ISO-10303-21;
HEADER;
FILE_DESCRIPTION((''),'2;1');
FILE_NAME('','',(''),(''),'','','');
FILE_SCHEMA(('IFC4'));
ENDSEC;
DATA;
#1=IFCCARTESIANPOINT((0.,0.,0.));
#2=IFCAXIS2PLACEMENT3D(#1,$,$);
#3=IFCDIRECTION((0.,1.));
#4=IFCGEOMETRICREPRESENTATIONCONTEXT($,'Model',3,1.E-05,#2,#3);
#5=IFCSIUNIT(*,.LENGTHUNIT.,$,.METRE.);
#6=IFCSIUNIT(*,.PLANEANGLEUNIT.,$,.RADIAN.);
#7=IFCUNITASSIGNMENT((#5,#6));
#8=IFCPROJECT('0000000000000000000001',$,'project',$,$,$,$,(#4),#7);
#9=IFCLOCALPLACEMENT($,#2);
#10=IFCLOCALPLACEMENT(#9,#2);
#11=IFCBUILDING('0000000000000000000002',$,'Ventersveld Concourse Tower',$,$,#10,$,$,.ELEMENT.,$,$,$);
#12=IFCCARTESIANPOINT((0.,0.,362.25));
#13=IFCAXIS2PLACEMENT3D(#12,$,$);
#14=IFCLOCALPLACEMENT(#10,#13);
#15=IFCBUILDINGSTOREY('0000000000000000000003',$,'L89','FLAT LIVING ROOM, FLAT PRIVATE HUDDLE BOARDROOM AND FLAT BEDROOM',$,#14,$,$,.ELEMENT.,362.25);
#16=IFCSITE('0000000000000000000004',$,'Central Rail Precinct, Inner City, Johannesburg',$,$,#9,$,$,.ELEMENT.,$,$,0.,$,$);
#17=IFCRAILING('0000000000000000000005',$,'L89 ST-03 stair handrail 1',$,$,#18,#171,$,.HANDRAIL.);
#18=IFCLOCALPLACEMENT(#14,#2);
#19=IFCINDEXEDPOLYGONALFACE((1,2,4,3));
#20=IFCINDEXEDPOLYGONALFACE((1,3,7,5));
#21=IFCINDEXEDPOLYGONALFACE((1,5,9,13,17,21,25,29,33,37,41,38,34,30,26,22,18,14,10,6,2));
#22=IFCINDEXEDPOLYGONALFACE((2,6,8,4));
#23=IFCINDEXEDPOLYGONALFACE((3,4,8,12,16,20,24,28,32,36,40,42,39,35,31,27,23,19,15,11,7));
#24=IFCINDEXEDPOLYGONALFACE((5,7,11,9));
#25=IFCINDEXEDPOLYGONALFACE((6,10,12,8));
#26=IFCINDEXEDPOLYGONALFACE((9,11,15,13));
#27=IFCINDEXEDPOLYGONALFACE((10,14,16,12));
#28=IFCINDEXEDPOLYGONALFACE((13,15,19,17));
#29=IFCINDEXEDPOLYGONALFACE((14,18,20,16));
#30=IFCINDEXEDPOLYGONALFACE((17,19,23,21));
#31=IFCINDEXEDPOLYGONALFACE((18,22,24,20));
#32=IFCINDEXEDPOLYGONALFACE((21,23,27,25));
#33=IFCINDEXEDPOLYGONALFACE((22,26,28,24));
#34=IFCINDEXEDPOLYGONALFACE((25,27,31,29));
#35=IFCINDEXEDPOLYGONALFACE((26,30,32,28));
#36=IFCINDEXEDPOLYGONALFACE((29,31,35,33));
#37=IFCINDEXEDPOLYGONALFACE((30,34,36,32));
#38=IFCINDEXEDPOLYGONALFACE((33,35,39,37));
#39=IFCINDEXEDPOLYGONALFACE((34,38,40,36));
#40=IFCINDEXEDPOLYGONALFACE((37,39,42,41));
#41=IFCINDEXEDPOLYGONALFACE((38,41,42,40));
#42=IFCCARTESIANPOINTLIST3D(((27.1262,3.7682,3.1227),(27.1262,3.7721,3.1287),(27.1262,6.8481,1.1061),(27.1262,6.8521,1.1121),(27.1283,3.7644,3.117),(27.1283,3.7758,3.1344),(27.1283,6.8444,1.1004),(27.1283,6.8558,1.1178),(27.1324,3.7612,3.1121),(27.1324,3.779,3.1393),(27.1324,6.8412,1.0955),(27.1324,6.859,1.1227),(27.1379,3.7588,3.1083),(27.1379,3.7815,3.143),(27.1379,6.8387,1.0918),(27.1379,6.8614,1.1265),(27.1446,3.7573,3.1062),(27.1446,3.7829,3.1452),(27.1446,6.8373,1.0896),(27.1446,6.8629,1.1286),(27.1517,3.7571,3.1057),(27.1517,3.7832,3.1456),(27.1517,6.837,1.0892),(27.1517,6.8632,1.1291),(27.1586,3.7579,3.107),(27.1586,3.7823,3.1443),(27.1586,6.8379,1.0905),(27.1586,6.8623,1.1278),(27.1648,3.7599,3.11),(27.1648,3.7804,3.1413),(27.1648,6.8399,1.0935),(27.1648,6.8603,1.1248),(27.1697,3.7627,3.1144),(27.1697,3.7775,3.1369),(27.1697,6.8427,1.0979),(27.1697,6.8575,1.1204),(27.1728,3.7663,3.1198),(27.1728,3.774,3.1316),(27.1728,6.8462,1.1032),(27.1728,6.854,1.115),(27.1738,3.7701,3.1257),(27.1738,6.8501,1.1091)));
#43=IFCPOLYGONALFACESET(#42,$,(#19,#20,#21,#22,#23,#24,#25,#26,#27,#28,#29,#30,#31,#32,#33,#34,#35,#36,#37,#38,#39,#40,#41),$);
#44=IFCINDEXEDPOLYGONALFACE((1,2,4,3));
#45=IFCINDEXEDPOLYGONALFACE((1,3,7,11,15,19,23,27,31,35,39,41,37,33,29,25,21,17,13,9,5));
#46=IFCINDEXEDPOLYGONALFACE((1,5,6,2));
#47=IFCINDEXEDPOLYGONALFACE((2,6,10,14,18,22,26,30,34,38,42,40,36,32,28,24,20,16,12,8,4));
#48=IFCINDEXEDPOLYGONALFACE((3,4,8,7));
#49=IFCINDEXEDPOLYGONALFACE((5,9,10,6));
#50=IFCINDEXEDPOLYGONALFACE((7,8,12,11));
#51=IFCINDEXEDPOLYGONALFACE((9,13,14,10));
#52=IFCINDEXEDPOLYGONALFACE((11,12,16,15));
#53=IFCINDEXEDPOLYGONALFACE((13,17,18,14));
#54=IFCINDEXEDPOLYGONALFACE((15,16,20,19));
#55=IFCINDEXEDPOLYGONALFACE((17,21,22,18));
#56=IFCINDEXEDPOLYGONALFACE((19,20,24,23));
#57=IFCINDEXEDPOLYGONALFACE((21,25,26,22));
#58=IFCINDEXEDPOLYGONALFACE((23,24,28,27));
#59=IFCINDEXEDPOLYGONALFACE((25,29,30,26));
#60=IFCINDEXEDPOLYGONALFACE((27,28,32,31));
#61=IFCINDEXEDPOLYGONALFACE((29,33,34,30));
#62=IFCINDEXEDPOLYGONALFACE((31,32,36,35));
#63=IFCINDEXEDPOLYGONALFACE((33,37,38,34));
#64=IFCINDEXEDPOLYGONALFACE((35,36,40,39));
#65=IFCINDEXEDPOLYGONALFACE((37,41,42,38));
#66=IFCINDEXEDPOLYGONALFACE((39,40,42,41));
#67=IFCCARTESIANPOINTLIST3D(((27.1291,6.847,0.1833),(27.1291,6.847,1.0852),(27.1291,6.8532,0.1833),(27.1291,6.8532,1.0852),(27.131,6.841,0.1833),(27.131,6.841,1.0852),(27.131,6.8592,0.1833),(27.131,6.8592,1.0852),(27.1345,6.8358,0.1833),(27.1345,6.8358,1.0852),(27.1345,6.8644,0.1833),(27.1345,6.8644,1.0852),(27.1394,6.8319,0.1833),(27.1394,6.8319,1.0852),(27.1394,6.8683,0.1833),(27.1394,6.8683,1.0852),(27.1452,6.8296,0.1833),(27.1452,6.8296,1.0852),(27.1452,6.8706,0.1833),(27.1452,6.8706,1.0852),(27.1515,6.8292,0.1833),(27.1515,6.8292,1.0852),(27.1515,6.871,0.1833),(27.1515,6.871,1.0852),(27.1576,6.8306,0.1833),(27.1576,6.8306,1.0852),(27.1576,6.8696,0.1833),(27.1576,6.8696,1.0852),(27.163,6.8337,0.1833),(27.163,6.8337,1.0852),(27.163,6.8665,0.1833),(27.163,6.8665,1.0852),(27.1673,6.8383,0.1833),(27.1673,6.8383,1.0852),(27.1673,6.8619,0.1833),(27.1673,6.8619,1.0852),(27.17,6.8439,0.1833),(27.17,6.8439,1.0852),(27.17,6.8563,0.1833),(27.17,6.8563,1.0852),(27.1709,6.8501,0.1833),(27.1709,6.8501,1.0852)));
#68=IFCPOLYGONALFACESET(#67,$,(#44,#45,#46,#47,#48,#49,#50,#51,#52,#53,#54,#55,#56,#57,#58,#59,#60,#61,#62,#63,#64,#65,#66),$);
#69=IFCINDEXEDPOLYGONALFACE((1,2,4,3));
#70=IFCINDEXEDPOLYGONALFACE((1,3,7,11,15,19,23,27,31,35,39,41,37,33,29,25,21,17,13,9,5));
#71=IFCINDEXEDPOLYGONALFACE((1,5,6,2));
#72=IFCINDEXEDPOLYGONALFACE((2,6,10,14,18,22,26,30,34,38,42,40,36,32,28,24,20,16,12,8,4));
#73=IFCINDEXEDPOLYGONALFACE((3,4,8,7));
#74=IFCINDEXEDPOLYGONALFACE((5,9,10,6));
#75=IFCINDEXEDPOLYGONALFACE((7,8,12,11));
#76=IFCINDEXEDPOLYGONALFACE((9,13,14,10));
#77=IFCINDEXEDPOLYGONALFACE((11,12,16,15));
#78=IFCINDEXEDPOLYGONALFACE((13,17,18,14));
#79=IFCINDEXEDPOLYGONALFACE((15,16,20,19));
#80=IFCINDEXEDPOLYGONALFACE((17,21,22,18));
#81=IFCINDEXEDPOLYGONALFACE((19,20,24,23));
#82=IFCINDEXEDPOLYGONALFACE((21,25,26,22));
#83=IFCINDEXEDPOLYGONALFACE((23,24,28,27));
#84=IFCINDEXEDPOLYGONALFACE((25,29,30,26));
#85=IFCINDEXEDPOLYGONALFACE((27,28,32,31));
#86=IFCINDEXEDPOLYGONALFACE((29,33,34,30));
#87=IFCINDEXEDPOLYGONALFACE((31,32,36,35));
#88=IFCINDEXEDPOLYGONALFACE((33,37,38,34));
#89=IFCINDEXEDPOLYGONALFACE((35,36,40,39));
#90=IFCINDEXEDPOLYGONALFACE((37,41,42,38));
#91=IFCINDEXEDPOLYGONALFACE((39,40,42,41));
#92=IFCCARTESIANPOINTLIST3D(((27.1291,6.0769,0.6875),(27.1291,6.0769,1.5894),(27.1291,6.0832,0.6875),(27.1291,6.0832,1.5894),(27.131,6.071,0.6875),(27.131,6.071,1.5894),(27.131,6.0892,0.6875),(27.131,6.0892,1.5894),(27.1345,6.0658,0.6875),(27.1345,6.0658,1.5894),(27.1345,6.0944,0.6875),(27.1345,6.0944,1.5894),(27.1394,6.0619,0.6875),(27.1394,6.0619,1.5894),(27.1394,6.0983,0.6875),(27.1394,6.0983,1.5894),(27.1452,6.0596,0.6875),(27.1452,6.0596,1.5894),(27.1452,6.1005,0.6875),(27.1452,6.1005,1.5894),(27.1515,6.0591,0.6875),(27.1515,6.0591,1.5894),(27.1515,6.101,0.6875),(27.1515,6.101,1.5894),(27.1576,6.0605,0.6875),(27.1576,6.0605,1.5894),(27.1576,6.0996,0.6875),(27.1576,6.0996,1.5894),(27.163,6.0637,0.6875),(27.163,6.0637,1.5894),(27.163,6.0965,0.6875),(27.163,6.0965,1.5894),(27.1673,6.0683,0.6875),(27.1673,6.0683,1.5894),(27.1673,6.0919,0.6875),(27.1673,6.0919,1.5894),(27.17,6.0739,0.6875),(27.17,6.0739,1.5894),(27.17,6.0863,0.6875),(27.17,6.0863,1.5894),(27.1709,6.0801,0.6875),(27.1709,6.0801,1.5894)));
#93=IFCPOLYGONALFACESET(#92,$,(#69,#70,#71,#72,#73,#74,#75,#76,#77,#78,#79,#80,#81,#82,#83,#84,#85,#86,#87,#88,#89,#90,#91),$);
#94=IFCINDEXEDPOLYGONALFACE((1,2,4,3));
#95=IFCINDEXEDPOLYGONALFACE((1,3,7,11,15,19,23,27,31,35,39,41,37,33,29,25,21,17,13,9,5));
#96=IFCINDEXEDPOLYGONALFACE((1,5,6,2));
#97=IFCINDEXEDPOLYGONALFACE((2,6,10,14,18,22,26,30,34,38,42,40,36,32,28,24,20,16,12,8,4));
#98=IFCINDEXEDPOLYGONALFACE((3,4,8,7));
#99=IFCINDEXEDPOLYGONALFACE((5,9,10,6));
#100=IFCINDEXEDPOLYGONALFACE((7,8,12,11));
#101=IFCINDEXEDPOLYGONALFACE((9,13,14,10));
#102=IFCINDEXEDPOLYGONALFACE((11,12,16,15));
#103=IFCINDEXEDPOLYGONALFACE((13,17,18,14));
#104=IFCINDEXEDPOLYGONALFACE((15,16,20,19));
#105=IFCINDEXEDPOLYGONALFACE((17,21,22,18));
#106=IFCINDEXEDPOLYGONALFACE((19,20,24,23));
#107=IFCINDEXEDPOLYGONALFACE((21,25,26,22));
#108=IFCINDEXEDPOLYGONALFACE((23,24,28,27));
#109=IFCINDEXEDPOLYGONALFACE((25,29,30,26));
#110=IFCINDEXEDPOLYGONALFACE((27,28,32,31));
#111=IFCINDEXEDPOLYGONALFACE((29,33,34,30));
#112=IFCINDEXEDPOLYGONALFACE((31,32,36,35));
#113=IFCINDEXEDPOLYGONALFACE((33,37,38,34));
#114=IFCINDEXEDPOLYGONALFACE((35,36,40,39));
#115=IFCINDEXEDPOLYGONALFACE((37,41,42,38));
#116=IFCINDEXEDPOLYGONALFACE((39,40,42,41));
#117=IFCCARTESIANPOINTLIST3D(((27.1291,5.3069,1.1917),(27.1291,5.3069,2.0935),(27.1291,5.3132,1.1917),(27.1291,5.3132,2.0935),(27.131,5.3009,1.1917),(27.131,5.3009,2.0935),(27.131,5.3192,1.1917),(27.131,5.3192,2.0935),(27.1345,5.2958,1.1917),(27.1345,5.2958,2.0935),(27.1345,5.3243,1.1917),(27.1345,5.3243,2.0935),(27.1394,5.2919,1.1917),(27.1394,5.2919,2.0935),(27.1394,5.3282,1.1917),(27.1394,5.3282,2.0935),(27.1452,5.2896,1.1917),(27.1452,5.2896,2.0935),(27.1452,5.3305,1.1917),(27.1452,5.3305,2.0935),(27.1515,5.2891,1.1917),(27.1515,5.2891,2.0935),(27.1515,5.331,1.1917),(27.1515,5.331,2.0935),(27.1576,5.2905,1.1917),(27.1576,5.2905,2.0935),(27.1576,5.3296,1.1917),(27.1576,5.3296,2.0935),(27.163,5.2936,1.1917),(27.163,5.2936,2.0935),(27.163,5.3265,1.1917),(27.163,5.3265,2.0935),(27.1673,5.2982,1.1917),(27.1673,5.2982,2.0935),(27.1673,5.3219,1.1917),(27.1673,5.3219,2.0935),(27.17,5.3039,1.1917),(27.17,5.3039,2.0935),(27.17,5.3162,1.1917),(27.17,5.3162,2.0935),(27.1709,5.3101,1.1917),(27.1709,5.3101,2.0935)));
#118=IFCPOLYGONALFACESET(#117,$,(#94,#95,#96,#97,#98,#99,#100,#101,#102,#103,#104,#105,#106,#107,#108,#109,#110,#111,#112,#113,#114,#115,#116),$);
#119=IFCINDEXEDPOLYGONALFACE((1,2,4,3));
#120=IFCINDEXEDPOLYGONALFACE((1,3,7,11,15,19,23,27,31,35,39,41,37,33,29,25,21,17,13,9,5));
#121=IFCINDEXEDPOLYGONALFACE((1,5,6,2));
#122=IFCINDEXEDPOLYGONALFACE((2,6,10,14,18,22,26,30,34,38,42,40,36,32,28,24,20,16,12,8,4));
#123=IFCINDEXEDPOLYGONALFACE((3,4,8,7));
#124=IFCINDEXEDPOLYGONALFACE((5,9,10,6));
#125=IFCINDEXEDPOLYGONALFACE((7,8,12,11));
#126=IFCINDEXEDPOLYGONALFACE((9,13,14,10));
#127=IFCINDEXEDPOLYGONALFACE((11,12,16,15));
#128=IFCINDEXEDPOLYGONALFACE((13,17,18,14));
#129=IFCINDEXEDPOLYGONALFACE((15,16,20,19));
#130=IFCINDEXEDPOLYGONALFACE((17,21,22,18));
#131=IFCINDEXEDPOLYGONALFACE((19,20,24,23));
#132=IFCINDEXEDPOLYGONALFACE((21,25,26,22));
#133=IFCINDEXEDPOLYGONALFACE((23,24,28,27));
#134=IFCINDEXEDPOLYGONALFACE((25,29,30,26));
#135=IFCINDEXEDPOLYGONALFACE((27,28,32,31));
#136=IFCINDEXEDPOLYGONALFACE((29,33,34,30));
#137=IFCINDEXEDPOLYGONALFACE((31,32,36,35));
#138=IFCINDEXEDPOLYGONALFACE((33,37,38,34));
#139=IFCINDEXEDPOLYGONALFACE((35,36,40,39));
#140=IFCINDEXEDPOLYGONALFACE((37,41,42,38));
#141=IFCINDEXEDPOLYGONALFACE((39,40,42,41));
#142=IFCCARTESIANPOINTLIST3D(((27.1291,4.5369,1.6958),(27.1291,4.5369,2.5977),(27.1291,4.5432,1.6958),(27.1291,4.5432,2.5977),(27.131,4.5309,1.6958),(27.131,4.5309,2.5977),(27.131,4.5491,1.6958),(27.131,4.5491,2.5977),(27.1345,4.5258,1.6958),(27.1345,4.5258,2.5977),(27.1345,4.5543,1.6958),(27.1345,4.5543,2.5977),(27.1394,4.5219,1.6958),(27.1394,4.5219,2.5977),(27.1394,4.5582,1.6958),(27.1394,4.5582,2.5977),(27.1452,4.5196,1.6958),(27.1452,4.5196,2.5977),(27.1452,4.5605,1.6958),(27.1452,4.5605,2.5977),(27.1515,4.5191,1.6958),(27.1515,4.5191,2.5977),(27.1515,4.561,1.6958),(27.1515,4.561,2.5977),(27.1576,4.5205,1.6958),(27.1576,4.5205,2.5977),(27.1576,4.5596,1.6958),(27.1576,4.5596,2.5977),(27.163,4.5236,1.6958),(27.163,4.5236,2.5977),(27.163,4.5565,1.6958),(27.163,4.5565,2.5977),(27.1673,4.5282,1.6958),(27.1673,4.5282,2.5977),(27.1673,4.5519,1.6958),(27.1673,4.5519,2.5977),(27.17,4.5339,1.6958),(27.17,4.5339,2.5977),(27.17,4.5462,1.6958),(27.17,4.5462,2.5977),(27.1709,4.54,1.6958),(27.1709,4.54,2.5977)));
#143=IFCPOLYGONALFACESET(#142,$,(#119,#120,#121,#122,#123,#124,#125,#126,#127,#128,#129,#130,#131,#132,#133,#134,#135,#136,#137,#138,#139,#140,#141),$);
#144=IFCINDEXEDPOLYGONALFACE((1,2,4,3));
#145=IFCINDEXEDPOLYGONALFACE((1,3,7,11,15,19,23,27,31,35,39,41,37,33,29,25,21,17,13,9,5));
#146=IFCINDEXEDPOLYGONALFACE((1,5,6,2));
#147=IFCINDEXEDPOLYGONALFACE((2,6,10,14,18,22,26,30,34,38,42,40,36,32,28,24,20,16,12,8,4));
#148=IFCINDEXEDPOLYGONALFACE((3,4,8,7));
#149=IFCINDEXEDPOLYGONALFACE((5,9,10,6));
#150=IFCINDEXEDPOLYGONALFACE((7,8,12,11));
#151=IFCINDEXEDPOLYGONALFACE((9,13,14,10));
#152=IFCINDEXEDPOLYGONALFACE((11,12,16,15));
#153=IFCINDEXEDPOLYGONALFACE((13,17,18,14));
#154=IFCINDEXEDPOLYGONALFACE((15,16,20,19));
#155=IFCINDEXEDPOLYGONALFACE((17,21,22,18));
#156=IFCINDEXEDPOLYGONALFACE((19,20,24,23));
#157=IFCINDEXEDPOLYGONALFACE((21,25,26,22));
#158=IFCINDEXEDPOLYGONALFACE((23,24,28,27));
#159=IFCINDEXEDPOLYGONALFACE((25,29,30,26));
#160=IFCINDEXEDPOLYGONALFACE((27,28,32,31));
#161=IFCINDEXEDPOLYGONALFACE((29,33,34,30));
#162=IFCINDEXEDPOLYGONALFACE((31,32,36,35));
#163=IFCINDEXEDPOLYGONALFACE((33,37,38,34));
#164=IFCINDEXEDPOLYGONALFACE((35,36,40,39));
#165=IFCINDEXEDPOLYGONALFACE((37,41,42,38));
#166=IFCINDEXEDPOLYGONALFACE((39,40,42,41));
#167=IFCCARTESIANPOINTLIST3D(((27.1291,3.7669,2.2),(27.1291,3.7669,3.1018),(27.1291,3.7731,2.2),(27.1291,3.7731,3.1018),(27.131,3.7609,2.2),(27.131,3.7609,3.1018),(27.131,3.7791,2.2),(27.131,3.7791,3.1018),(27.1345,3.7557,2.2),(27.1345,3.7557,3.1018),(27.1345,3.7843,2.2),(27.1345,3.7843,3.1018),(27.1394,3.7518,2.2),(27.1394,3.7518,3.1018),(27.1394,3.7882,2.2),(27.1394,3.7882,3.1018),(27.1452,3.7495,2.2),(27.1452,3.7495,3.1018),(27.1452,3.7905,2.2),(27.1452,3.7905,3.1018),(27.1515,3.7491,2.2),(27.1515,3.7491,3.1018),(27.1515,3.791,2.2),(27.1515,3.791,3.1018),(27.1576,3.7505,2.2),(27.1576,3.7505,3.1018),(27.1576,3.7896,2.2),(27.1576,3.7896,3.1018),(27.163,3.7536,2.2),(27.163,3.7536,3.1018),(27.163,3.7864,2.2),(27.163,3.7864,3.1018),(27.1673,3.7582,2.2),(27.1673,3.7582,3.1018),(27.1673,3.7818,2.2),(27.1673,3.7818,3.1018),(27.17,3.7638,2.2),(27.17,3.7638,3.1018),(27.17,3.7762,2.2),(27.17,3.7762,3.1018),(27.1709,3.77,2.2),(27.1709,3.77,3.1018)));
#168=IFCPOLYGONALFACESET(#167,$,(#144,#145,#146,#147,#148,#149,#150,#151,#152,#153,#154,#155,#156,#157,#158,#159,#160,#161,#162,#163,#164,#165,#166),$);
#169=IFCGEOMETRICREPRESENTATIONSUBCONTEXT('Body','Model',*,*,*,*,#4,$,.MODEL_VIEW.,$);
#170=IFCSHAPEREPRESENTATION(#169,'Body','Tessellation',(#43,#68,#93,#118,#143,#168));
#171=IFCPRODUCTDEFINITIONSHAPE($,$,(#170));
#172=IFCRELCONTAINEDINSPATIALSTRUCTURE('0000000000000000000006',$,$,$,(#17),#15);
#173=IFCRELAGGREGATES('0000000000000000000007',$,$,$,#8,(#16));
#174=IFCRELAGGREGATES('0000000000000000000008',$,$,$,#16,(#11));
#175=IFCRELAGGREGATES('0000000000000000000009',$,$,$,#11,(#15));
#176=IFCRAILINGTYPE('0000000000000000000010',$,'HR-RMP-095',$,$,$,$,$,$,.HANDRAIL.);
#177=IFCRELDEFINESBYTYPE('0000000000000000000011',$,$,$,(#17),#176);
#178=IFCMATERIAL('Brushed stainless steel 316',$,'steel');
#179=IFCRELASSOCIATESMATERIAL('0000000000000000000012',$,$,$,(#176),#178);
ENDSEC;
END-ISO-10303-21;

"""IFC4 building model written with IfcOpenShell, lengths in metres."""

from ifc_helpers import new_model, si_unit, direction, frame, origin, origin_2d, place, context, subcontext, project, spatial, circle, extrude, material, type_object, element, save


model = new_model("IFC4")

# Units and contexts
model_context = context("Model", 3, precision=1e-05, world=origin(), true_north=direction((0.0, 1.0)))
body_context = subcontext(model_context, "Body", "Model", "MODEL_VIEW")
ifc_project = project(units=[si_unit("LENGTHUNIT", "METRE"), si_unit("PLANEANGLEUNIT", "RADIAN")], contexts=[model_context])

# Site, building, storey
site_placement = place(None, origin())
site = spatial("IfcSite", under=ifc_project, at=site_placement, Name="Central Rail Precinct, Inner City, Johannesburg", CompositionType="ELEMENT", RefElevation=0.0)
building_placement = place(site_placement, origin())
building = spatial("IfcBuilding", under=site, at=building_placement, Name="Ventersveld Concourse Tower", CompositionType="ELEMENT")
storey_placement = place(building_placement, frame((0.0, 0.0, 362.25)))
storey = spatial("IfcBuildingStorey", under=building, at=storey_placement, Name="L89", Description="FLAT LIVING ROOM, FLAT PRIVATE HUDDLE BOARDROOM AND FLAT BEDROOM", CompositionType="ELEMENT", Elevation=362.25)

# Shared definitions
ifc_material_1 = material(Name="Brushed stainless steel 316", Category="steel")

# Railing
railing_type_1 = type_object("IfcRailingType", Name="HR-RMP-095", PredefinedType="HANDRAIL", material=ifc_material_1)
railing_1_placement = place(storey_placement, frame((27.1499, 6.8501, 0.1833)))
element("IfcRailing", 1, at=railing_1_placement, inside=storey, type_object=railing_type_1, Name="L89 ST-03 stair handrail 1", PredefinedType="HANDRAIL", context=body_context, shape_type="SweptSolid", body=[
    extrude(circle(Radius=0.0239, at=origin_2d()), frame((0.0, 0.0, 0.9258), z_axis=(0.0, -0.836633, 0.547764), x_axis=(1.0, 0.0, 0.0)), (0.0, 0.0, 1.0), 3.6814),
    extrude(circle(Radius=0.021, at=origin_2d()), origin(), (0.0, 0.0, 1.0), 0.9019),
    extrude(circle(Radius=0.021, at=origin_2d()), frame((0.0, -0.77, 0.5042)), (0.0, 0.0, 1.0), 0.9019),
    extrude(circle(Radius=0.021, at=origin_2d()), frame((0.0, -1.54, 1.0083)), (0.0, 0.0, 1.0), 0.9019),
    extrude(circle(Radius=0.021, at=origin_2d()), frame((0.0, -2.3101, 1.5125)), (0.0, 0.0, 1.0), 0.9019),
    extrude(circle(Radius=0.021, at=origin_2d()), frame((0.0, -3.0801, 2.0166)), (0.0, 0.0, 1.0), 0.9019),
])

save(model, "model.ifc")
